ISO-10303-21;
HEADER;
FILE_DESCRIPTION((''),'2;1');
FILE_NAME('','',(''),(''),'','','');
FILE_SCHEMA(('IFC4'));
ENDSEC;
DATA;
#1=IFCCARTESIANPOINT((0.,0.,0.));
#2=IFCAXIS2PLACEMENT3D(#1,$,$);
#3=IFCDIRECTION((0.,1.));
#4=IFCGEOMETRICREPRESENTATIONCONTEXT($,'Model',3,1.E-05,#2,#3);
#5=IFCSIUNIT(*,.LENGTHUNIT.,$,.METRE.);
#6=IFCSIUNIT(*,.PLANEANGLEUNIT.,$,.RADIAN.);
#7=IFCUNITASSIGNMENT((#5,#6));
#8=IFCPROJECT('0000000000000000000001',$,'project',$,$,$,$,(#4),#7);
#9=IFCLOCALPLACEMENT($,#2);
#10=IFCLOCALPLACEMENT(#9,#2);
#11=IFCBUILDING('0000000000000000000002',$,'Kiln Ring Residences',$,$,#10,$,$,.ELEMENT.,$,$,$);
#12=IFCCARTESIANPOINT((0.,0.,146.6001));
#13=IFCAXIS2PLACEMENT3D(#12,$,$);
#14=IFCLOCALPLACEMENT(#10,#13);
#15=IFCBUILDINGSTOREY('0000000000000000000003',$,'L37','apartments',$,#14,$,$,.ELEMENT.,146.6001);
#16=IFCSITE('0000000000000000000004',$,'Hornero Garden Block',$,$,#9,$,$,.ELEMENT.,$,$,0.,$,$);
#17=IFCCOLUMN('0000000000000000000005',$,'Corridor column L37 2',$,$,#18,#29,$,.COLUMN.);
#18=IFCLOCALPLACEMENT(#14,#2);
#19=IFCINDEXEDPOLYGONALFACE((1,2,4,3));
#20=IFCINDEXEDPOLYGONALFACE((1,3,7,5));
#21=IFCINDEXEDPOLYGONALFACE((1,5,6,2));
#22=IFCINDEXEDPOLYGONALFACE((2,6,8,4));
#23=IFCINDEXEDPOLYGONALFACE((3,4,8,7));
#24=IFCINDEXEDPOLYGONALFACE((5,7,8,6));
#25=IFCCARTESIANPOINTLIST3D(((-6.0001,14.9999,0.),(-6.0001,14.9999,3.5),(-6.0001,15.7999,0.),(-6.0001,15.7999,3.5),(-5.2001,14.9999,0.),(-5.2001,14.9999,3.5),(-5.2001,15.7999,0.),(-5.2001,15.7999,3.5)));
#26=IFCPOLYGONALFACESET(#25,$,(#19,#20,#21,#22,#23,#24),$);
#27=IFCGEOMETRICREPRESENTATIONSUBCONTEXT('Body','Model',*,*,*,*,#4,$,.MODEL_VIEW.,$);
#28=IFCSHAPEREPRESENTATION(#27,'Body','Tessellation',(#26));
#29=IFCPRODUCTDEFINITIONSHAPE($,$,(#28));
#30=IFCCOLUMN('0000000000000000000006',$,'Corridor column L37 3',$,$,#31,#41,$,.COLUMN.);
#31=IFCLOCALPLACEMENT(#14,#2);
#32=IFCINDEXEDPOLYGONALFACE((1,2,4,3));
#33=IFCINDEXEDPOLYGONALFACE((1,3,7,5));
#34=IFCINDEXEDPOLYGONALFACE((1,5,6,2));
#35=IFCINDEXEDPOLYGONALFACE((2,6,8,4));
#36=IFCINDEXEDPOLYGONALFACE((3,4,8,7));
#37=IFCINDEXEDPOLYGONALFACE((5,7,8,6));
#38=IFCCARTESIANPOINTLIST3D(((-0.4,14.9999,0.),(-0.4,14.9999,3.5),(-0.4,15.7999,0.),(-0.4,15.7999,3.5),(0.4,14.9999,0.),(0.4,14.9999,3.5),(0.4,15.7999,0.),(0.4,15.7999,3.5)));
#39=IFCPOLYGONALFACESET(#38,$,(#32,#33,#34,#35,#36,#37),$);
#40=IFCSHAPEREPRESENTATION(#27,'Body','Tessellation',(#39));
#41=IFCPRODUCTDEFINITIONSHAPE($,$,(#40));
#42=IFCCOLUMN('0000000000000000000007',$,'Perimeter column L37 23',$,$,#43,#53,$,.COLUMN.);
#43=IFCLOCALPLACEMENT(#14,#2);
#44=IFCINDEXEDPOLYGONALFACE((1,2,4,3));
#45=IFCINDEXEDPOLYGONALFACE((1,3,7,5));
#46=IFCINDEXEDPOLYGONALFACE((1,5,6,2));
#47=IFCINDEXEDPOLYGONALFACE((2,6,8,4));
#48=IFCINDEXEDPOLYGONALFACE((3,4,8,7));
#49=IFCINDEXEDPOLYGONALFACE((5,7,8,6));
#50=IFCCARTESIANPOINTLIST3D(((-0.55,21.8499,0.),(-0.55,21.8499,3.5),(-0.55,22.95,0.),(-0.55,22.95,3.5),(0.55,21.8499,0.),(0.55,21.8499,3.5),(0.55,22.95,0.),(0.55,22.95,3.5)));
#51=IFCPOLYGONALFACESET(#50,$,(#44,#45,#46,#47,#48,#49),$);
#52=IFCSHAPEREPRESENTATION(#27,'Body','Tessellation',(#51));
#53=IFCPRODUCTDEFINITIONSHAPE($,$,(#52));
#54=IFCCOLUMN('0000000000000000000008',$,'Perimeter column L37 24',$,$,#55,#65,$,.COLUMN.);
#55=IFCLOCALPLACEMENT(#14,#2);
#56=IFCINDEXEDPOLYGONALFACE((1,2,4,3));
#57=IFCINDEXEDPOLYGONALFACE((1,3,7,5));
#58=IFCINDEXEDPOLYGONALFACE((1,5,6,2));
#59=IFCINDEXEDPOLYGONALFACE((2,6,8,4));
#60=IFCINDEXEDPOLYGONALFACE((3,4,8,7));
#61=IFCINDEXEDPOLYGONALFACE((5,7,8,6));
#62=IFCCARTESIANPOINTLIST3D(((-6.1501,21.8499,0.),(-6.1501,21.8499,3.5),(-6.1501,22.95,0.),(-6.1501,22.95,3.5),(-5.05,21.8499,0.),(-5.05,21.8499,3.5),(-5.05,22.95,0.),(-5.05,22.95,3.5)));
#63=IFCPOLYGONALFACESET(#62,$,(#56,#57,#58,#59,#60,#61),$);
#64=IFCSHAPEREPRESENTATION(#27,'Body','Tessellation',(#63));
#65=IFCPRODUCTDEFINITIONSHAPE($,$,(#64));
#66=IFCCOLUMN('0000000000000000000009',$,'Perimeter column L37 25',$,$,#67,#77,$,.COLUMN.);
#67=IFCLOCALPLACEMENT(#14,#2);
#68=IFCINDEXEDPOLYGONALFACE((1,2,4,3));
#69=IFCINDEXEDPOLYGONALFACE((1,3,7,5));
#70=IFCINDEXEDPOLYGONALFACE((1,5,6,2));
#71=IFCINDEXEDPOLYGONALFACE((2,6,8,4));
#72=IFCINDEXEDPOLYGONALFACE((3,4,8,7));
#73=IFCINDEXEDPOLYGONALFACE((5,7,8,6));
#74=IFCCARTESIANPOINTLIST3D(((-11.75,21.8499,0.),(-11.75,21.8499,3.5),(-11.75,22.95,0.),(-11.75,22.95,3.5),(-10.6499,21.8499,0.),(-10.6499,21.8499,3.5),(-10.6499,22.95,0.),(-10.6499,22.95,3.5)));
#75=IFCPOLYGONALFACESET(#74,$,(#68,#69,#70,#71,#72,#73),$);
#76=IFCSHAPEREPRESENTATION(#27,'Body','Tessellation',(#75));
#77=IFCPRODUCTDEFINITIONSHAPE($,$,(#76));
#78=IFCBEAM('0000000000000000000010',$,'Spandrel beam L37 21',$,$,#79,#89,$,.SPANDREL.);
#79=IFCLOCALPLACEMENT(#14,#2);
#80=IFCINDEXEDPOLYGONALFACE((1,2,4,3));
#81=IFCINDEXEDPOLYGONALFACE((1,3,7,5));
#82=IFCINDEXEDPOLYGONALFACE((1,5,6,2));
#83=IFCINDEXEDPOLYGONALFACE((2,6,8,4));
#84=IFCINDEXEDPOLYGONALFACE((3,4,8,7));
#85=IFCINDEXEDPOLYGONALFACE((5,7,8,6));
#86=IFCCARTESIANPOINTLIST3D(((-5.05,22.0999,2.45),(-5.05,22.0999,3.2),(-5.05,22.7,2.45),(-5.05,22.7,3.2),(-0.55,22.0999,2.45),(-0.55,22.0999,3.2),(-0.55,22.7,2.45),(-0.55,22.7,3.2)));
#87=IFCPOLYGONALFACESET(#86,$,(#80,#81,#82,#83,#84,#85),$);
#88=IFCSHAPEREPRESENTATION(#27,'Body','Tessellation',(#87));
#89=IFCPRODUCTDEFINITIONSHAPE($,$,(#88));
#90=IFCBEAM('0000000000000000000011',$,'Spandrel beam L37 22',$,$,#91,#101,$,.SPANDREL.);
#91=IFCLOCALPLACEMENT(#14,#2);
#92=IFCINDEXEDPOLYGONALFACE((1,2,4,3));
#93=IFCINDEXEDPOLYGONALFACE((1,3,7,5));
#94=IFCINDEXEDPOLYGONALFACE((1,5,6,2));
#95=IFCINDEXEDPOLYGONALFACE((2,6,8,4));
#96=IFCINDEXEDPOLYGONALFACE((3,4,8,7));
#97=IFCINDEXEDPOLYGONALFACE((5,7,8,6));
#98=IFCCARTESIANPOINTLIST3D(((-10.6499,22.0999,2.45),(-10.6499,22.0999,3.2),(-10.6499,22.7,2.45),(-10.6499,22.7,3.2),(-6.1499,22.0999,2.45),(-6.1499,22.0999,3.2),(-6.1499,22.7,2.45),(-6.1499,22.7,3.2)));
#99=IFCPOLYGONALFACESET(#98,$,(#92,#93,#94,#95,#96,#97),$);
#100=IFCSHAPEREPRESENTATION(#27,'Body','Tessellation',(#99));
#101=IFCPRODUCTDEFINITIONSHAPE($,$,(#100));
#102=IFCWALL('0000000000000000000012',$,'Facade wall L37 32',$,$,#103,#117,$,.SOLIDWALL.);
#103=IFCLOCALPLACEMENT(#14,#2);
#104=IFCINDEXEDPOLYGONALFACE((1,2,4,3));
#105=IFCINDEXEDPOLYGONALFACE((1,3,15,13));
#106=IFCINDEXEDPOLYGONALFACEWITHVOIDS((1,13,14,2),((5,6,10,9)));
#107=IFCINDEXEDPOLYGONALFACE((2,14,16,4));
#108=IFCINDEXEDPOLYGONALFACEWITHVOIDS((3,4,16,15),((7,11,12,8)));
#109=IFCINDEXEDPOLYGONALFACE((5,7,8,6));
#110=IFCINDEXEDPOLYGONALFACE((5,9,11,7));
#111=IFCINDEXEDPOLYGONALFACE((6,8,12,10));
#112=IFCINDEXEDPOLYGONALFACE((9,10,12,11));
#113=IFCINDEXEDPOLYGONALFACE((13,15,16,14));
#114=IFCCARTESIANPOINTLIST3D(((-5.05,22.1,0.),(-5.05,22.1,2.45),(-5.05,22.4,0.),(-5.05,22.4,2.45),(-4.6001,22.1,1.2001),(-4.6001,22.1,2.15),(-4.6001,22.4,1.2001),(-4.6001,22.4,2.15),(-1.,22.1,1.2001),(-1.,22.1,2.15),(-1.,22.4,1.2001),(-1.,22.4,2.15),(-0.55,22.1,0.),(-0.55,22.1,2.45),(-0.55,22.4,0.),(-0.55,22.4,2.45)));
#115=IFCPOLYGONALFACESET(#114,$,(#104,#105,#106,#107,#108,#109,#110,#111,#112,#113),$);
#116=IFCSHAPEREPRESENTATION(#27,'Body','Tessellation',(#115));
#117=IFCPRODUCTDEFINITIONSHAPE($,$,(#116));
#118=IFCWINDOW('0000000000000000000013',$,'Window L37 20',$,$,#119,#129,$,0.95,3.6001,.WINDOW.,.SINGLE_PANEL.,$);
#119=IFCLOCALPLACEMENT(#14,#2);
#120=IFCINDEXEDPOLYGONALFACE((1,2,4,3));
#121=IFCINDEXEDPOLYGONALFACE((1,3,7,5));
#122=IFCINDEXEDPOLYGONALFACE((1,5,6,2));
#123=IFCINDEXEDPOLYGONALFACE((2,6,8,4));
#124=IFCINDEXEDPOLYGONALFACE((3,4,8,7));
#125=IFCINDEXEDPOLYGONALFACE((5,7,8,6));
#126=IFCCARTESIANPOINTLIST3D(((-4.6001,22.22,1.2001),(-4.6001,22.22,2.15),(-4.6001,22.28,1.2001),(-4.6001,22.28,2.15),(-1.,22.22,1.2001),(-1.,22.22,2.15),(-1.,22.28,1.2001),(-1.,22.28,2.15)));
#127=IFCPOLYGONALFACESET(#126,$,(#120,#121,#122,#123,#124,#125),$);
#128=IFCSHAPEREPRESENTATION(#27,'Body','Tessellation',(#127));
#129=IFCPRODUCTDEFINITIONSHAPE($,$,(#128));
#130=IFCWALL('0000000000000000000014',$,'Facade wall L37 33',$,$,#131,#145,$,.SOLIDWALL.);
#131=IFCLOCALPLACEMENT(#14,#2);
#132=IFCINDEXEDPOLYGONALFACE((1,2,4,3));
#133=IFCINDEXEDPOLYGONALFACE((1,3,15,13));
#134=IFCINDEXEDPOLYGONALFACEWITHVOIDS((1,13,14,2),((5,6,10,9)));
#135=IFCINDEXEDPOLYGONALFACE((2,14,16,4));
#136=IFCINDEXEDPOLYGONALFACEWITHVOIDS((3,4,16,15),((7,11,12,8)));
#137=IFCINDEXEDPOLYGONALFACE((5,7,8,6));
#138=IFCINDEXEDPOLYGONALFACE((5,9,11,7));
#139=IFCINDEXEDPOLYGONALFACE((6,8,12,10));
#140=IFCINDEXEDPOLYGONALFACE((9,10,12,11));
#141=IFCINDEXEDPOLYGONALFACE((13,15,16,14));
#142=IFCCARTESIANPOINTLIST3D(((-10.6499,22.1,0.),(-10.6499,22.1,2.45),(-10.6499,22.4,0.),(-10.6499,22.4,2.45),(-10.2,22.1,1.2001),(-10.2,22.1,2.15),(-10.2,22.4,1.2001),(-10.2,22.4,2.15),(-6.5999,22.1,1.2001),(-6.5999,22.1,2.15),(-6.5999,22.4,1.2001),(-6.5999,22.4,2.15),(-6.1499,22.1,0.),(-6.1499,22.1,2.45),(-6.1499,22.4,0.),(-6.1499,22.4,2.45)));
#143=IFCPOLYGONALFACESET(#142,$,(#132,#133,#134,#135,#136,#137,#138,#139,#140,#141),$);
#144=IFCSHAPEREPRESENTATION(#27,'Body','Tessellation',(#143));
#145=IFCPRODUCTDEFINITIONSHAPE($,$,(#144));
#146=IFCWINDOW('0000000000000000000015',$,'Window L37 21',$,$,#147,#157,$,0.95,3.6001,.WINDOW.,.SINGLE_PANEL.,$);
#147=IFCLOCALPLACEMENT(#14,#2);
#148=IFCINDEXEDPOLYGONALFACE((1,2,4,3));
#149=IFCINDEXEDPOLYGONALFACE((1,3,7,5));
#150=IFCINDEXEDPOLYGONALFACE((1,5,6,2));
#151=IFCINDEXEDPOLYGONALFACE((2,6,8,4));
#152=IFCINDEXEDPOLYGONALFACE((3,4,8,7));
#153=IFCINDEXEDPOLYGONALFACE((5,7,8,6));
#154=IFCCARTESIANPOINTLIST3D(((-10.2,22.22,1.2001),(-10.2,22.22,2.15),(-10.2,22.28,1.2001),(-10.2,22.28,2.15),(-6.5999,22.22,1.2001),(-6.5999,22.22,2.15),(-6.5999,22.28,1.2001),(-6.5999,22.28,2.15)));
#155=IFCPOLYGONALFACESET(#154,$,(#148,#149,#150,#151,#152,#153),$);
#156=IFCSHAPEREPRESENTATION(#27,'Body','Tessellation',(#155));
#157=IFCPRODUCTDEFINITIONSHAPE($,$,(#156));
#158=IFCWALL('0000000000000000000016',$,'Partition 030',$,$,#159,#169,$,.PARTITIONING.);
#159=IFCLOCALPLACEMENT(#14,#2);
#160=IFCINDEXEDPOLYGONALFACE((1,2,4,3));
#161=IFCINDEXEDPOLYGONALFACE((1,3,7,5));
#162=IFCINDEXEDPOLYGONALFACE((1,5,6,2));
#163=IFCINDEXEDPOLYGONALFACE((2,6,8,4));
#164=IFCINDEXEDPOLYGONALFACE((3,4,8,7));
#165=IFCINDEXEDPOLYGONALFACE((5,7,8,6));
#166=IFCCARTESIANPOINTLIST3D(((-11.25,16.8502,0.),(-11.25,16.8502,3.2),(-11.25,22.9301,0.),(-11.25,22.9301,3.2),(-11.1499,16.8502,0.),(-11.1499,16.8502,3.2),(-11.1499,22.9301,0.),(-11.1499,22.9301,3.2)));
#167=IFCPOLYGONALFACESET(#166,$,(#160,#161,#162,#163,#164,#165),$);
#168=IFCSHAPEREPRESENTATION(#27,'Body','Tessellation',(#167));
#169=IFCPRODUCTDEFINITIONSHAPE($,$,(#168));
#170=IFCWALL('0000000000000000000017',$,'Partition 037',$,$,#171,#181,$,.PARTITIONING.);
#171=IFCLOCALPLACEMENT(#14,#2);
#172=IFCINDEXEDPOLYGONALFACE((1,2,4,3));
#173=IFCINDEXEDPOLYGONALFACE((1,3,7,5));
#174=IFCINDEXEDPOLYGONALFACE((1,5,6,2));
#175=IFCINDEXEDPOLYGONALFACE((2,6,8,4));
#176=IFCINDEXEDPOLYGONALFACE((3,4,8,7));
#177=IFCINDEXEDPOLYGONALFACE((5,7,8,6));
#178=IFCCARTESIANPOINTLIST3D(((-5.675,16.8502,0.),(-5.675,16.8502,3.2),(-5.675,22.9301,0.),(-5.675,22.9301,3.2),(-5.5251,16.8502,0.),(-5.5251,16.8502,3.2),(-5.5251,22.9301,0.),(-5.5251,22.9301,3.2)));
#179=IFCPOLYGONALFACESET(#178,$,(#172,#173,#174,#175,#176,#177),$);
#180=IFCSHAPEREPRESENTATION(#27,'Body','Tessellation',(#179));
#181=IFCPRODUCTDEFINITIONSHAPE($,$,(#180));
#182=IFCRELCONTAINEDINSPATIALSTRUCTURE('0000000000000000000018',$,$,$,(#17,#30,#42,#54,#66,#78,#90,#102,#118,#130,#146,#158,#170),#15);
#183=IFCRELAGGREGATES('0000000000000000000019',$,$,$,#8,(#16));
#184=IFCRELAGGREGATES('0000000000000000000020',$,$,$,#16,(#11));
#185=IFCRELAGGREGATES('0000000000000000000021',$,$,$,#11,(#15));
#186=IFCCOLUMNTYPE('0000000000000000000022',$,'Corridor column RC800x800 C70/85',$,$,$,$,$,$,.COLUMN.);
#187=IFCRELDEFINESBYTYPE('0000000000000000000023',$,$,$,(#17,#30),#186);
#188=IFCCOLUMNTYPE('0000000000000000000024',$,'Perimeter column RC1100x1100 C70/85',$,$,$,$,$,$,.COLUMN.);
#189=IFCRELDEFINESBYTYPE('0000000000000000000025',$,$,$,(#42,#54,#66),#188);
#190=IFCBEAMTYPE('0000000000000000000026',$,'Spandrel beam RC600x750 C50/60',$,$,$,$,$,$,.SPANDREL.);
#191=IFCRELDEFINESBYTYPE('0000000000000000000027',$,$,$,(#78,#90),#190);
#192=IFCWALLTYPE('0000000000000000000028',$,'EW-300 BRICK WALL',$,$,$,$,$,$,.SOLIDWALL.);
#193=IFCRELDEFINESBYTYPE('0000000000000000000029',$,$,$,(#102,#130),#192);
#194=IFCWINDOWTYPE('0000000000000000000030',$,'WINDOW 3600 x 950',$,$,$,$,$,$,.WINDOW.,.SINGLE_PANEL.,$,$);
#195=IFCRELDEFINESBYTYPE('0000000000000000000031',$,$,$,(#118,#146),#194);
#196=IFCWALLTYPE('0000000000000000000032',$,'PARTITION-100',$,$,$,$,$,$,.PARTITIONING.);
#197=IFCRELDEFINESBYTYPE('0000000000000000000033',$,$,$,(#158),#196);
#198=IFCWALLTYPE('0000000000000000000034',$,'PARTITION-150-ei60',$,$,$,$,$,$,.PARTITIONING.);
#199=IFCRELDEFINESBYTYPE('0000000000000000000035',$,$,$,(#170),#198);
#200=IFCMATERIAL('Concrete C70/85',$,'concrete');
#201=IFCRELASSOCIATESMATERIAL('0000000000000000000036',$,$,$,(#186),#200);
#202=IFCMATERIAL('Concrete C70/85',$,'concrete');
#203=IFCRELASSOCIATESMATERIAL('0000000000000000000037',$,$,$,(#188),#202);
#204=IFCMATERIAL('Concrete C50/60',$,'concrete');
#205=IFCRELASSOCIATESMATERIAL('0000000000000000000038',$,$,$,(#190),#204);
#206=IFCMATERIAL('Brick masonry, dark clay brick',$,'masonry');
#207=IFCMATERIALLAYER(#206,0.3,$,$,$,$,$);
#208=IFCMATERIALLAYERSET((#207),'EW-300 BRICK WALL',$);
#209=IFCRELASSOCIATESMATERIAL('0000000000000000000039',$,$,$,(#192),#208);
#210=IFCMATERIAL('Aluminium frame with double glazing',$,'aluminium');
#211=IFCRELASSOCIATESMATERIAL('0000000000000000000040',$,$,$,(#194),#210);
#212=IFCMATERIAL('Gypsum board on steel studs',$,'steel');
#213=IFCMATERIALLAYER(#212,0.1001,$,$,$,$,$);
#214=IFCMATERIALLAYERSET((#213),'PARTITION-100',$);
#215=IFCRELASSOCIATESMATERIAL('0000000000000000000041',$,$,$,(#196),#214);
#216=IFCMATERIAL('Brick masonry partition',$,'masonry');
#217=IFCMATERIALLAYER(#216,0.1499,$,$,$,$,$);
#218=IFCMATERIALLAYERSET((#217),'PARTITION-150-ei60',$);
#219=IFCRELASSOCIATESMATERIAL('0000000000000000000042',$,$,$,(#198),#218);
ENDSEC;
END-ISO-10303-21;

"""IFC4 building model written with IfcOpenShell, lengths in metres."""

from ifc_helpers import new_model, si_unit, direction, frame, frame_2d, origin, origin_2d, place, context, subcontext, project, spatial, rectangle, extrude, material, layer, layer_set, material_profile, profile_set, type_object, element, fill, save


model = new_model("IFC4")

# Units and contexts
model_context = context("Model", 3, precision=1e-05, world=origin(), true_north=direction((0.0, 1.0)))
body_context = subcontext(model_context, "Body", "Model", "MODEL_VIEW")
ifc_project = project(units=[si_unit("LENGTHUNIT", "METRE"), si_unit("PLANEANGLEUNIT", "RADIAN")], contexts=[model_context])

# Site, building, storey
site_placement = place(None, origin())
site = spatial("IfcSite", under=ifc_project, at=site_placement, Name="Hornero Garden Block", CompositionType="ELEMENT", RefElevation=0.0)
building_placement = place(site_placement, origin())
building = spatial("IfcBuilding", under=site, at=building_placement, Name="Kiln Ring Residences", CompositionType="ELEMENT")
storey_placement = place(building_placement, frame((0.0, 0.0, 146.6001)))
storey = spatial("IfcBuildingStorey", under=building, at=storey_placement, Name="L37", Description="apartments", CompositionType="ELEMENT", Elevation=146.6001)

# Columns
ifc_material_1 = material(Name="Concrete C70/85", Category="concrete")
ifc_material_profile_1 = material_profile(ifc_material_1, rectangle(XDim=0.8, YDim=0.8, at=origin_2d()), Name="RC800x800")
ifc_profile_set_1 = profile_set([ifc_material_profile_1], Name="Concrete C70/85")
column_type_1 = type_object("IfcColumnType", Name="Corridor column RC800x800 C70/85", PredefinedType="COLUMN", material=ifc_profile_set_1)
for number, where, z_axis, x_axis, name in (
    (1, (-5.6001, 15.3999, 0.0), (0.0, 0.0, 1.0), (1.0, 0.0, 0.0), "Corridor column L37 2"),
    (2, (0.0, 15.3999, 0.0), (0.0, 0.0, 1.0), (1.0, 0.0, 0.0), "Corridor column L37 3"),
):
    element("IfcColumn", number, at=place(storey_placement, frame(where, z_axis=z_axis, x_axis=x_axis)), inside=storey, type_object=column_type_1, Name=name, PredefinedType="COLUMN", context=body_context, shape_type="SweptSolid", body=[
        extrude(rectangle(XDim=0.8, YDim=0.8, at=origin_2d()), origin(), (0.0, 0.0, 1.0), 3.5),
    ])
ifc_material_2 = material(Name="Concrete C70/85", Category="concrete")
ifc_material_profile_2 = material_profile(ifc_material_2, rectangle(XDim=1.1001, YDim=1.1001, at=origin_2d()), Name="RC1100x1100")
ifc_profile_set_2 = profile_set([ifc_material_profile_2], Name="Concrete C70/85")
column_type_2 = type_object("IfcColumnType", Name="Perimeter column RC1100x1100 C70/85", PredefinedType="COLUMN", material=ifc_profile_set_2)
for number, where, z_axis, x_axis, name in (
    (3, (0.0, 22.3999, 0.0), (0.0, 0.0, 1.0), (1.0, 0.0, 0.0), "Perimeter column L37 23"),
    (4, (-5.6001, 22.3999, 0.0), (0.0, 0.0, 1.0), (1.0, 0.0, 0.0), "Perimeter column L37 24"),
    (5, (-11.2, 22.3999, 0.0), (0.0, 0.0, 1.0), (1.0, 0.0, 0.0), "Perimeter column L37 25"),
):
    element("IfcColumn", number, at=place(storey_placement, frame(where, z_axis=z_axis, x_axis=x_axis)), inside=storey, type_object=column_type_2, Name=name, PredefinedType="COLUMN", context=body_context, shape_type="SweptSolid", body=[
        extrude(rectangle(XDim=1.1001, YDim=1.1001, at=origin_2d()), origin(), (0.0, 0.0, 1.0), 3.5),
    ])

# Beams
ifc_material_3 = material(Name="Concrete C50/60", Category="concrete")
ifc_material_profile_3 = material_profile(ifc_material_3, rectangle(XDim=0.6001, YDim=0.75, at=origin_2d()), Name="RC600x750")
ifc_profile_set_3 = profile_set([ifc_material_profile_3], Name="Concrete C50/60")
beam_type = type_object("IfcBeamType", Name="Spandrel beam RC600x750 C50/60", PredefinedType="SPANDREL", material=ifc_profile_set_3)
for number, where, z_axis, x_axis, name in (
    (6, (-0.55, 22.3999, 2.825), (-1.0, 0.0, 0.0), (0.0, -1.0, 0.0), "Spandrel beam L37 21"),
    (7, (-6.1499, 22.3999, 2.825), (-1.0, 0.0, 0.0), (0.0, -1.0, 0.0), "Spandrel beam L37 22"),
):
    element("IfcBeam", number, at=place(storey_placement, frame(where, z_axis=z_axis, x_axis=x_axis)), inside=storey, type_object=beam_type, Name=name, PredefinedType="SPANDREL", context=body_context, shape_type="SweptSolid", body=[
        extrude(rectangle(XDim=0.6001, YDim=0.75, at=origin_2d()), origin(), (0.0, 0.0, 1.0), 4.5),
    ])

# Walls, openings, windows
ifc_material_4 = material(Name="Brick masonry, dark clay brick", Category="masonry")
ifc_layer_1 = layer(ifc_material_4, 0.3)
ifc_layer_set_1 = layer_set([ifc_layer_1], Name="EW-300 BRICK WALL")
wall_type_1 = type_object("IfcWallType", Name="EW-300 BRICK WALL", PredefinedType="SOLIDWALL", material=ifc_layer_set_1)
wall_1_placement = place(storey_placement, frame((-0.55, 22.25, 0.0), z_axis=(0.0, 0.0, 1.0), x_axis=(-1.0, 0.0, 0.0)))
wall_1 = element("IfcWall", 8, at=wall_1_placement, inside=storey, type_object=wall_type_1, Name="Facade wall L37 32", PredefinedType="SOLIDWALL", context=body_context, shape_type="SweptSolid", body=[
    extrude(rectangle(XDim=4.5, YDim=0.3, at=frame_2d((2.25, 0.0))), origin(), (0.0, 0.0, 1.0), 2.45),
])
opening_1_placement = place(wall_1_placement, frame((0.45, 0.0, 1.2)))
opening_1 = element("IfcOpeningElement", 9, at=opening_1_placement, cuts=wall_1, PredefinedType="OPENING", context=body_context, shape_type="SweptSolid", body=[
    extrude(rectangle(XDim=3.6001, YDim=0.95, at=frame_2d((1.8, 0.4751))), frame((0.0, 0.1599, 0.0), z_axis=(0.0, -1.0, 0.0), x_axis=(1.0, 0.0, 0.0)), (0.0, 0.0, 1.0), 0.3201),
])
ifc_material_5 = material(Name="Aluminium frame with double glazing", Category="aluminium")
window_type = type_object("IfcWindowType", Name="WINDOW 3600 x 950", PartitioningType="SINGLE_PANEL", PredefinedType="WINDOW", material=ifc_material_5)
window_1_placement = place(opening_1_placement, origin())
window_1 = element("IfcWindow", 10, at=window_1_placement, inside=storey, type_object=window_type, Name="Window L37 20", OverallHeight=0.95, OverallWidth=3.6001, PartitioningType="SINGLE_PANEL", PredefinedType="WINDOW", context=body_context, shape_type="SweptSolid", body=[
    extrude(rectangle(XDim=3.6001, YDim=0.95, at=frame_2d((1.8, 0.4751))), frame((0.0, 0.03, 0.0), z_axis=(0.0, -1.0, 0.0), x_axis=(1.0, 0.0, 0.0)), (0.0, 0.0, 1.0), 0.0601),
])
fill(opening_1, window_1)
wall_2_placement = place(storey_placement, frame((-6.1499, 22.25, 0.0), z_axis=(0.0, 0.0, 1.0), x_axis=(-1.0, 0.0, 0.0)))
wall_2 = element("IfcWall", 11, at=wall_2_placement, inside=storey, type_object=wall_type_1, Name="Facade wall L37 33", PredefinedType="SOLIDWALL", context=body_context, shape_type="SweptSolid", body=[
    extrude(rectangle(XDim=4.5, YDim=0.3, at=frame_2d((2.25, 0.0))), origin(), (0.0, 0.0, 1.0), 2.45),
])
opening_2_placement = place(wall_2_placement, frame((0.45, 0.0, 1.2)))
opening_2 = element("IfcOpeningElement", 12, at=opening_2_placement, cuts=wall_2, PredefinedType="OPENING", context=body_context, shape_type="SweptSolid", body=[
    extrude(rectangle(XDim=3.6001, YDim=0.95, at=frame_2d((1.8, 0.4751))), frame((0.0, 0.1599, 0.0), z_axis=(0.0, -1.0, 0.0), x_axis=(1.0, 0.0, 0.0)), (0.0, 0.0, 1.0), 0.3201),
])
window_2_placement = place(opening_2_placement, origin())
window_2 = element("IfcWindow", 13, at=window_2_placement, inside=storey, type_object=window_type, Name="Window L37 21", OverallHeight=0.95, OverallWidth=3.6001, PartitioningType="SINGLE_PANEL", PredefinedType="WINDOW", context=body_context, shape_type="SweptSolid", body=[
    extrude(rectangle(XDim=3.6001, YDim=0.95, at=frame_2d((1.8, 0.4751))), frame((0.0, 0.03, 0.0), z_axis=(0.0, -1.0, 0.0), x_axis=(1.0, 0.0, 0.0)), (0.0, 0.0, 1.0), 0.0601),
])
fill(opening_2, window_2)

# Walls
ifc_material_6 = material(Name="Gypsum board on steel studs", Category="steel")
ifc_layer_2 = layer(ifc_material_6, 0.1001)
ifc_layer_set_2 = layer_set([ifc_layer_2], Name="PARTITION-100")
wall_type_2 = type_object("IfcWallType", Name="PARTITION-100", PredefinedType="PARTITIONING", material=ifc_layer_set_2)
wall_3_placement = place(storey_placement, frame((-11.2, 16.8501, 0.0), z_axis=(0.0, 0.0, 1.0), x_axis=(0.0, 1.0, 0.0)))
element("IfcWall", 14, at=wall_3_placement, inside=storey, type_object=wall_type_2, Name="Partition 030", PredefinedType="PARTITIONING", context=body_context, shape_type="SweptSolid", body=[
    extrude(rectangle(XDim=6.0798, YDim=0.1001, at=frame_2d((3.04, 0.0))), origin(), (0.0, 0.0, 1.0), 3.2),
])
ifc_material_7 = material(Name="Brick masonry partition", Category="masonry")
ifc_layer_3 = layer(ifc_material_7, 0.1499)
ifc_layer_set_3 = layer_set([ifc_layer_3], Name="PARTITION-150-ei60")
wall_type_3 = type_object("IfcWallType", Name="PARTITION-150-ei60", PredefinedType="PARTITIONING", material=ifc_layer_set_3)
wall_4_placement = place(storey_placement, frame((-5.6001, 16.8501, 0.0), z_axis=(0.0, 0.0, 1.0), x_axis=(0.0, 1.0, 0.0)))
element("IfcWall", 15, at=wall_4_placement, inside=storey, type_object=wall_type_3, Name="Partition 037", PredefinedType="PARTITIONING", context=body_context, shape_type="SweptSolid", body=[
    extrude(rectangle(XDim=6.0798, YDim=0.1499, at=frame_2d((3.04, 0.0))), origin(), (0.0, 0.0, 1.0), 3.2),
])

save(model, "model.ifc")
